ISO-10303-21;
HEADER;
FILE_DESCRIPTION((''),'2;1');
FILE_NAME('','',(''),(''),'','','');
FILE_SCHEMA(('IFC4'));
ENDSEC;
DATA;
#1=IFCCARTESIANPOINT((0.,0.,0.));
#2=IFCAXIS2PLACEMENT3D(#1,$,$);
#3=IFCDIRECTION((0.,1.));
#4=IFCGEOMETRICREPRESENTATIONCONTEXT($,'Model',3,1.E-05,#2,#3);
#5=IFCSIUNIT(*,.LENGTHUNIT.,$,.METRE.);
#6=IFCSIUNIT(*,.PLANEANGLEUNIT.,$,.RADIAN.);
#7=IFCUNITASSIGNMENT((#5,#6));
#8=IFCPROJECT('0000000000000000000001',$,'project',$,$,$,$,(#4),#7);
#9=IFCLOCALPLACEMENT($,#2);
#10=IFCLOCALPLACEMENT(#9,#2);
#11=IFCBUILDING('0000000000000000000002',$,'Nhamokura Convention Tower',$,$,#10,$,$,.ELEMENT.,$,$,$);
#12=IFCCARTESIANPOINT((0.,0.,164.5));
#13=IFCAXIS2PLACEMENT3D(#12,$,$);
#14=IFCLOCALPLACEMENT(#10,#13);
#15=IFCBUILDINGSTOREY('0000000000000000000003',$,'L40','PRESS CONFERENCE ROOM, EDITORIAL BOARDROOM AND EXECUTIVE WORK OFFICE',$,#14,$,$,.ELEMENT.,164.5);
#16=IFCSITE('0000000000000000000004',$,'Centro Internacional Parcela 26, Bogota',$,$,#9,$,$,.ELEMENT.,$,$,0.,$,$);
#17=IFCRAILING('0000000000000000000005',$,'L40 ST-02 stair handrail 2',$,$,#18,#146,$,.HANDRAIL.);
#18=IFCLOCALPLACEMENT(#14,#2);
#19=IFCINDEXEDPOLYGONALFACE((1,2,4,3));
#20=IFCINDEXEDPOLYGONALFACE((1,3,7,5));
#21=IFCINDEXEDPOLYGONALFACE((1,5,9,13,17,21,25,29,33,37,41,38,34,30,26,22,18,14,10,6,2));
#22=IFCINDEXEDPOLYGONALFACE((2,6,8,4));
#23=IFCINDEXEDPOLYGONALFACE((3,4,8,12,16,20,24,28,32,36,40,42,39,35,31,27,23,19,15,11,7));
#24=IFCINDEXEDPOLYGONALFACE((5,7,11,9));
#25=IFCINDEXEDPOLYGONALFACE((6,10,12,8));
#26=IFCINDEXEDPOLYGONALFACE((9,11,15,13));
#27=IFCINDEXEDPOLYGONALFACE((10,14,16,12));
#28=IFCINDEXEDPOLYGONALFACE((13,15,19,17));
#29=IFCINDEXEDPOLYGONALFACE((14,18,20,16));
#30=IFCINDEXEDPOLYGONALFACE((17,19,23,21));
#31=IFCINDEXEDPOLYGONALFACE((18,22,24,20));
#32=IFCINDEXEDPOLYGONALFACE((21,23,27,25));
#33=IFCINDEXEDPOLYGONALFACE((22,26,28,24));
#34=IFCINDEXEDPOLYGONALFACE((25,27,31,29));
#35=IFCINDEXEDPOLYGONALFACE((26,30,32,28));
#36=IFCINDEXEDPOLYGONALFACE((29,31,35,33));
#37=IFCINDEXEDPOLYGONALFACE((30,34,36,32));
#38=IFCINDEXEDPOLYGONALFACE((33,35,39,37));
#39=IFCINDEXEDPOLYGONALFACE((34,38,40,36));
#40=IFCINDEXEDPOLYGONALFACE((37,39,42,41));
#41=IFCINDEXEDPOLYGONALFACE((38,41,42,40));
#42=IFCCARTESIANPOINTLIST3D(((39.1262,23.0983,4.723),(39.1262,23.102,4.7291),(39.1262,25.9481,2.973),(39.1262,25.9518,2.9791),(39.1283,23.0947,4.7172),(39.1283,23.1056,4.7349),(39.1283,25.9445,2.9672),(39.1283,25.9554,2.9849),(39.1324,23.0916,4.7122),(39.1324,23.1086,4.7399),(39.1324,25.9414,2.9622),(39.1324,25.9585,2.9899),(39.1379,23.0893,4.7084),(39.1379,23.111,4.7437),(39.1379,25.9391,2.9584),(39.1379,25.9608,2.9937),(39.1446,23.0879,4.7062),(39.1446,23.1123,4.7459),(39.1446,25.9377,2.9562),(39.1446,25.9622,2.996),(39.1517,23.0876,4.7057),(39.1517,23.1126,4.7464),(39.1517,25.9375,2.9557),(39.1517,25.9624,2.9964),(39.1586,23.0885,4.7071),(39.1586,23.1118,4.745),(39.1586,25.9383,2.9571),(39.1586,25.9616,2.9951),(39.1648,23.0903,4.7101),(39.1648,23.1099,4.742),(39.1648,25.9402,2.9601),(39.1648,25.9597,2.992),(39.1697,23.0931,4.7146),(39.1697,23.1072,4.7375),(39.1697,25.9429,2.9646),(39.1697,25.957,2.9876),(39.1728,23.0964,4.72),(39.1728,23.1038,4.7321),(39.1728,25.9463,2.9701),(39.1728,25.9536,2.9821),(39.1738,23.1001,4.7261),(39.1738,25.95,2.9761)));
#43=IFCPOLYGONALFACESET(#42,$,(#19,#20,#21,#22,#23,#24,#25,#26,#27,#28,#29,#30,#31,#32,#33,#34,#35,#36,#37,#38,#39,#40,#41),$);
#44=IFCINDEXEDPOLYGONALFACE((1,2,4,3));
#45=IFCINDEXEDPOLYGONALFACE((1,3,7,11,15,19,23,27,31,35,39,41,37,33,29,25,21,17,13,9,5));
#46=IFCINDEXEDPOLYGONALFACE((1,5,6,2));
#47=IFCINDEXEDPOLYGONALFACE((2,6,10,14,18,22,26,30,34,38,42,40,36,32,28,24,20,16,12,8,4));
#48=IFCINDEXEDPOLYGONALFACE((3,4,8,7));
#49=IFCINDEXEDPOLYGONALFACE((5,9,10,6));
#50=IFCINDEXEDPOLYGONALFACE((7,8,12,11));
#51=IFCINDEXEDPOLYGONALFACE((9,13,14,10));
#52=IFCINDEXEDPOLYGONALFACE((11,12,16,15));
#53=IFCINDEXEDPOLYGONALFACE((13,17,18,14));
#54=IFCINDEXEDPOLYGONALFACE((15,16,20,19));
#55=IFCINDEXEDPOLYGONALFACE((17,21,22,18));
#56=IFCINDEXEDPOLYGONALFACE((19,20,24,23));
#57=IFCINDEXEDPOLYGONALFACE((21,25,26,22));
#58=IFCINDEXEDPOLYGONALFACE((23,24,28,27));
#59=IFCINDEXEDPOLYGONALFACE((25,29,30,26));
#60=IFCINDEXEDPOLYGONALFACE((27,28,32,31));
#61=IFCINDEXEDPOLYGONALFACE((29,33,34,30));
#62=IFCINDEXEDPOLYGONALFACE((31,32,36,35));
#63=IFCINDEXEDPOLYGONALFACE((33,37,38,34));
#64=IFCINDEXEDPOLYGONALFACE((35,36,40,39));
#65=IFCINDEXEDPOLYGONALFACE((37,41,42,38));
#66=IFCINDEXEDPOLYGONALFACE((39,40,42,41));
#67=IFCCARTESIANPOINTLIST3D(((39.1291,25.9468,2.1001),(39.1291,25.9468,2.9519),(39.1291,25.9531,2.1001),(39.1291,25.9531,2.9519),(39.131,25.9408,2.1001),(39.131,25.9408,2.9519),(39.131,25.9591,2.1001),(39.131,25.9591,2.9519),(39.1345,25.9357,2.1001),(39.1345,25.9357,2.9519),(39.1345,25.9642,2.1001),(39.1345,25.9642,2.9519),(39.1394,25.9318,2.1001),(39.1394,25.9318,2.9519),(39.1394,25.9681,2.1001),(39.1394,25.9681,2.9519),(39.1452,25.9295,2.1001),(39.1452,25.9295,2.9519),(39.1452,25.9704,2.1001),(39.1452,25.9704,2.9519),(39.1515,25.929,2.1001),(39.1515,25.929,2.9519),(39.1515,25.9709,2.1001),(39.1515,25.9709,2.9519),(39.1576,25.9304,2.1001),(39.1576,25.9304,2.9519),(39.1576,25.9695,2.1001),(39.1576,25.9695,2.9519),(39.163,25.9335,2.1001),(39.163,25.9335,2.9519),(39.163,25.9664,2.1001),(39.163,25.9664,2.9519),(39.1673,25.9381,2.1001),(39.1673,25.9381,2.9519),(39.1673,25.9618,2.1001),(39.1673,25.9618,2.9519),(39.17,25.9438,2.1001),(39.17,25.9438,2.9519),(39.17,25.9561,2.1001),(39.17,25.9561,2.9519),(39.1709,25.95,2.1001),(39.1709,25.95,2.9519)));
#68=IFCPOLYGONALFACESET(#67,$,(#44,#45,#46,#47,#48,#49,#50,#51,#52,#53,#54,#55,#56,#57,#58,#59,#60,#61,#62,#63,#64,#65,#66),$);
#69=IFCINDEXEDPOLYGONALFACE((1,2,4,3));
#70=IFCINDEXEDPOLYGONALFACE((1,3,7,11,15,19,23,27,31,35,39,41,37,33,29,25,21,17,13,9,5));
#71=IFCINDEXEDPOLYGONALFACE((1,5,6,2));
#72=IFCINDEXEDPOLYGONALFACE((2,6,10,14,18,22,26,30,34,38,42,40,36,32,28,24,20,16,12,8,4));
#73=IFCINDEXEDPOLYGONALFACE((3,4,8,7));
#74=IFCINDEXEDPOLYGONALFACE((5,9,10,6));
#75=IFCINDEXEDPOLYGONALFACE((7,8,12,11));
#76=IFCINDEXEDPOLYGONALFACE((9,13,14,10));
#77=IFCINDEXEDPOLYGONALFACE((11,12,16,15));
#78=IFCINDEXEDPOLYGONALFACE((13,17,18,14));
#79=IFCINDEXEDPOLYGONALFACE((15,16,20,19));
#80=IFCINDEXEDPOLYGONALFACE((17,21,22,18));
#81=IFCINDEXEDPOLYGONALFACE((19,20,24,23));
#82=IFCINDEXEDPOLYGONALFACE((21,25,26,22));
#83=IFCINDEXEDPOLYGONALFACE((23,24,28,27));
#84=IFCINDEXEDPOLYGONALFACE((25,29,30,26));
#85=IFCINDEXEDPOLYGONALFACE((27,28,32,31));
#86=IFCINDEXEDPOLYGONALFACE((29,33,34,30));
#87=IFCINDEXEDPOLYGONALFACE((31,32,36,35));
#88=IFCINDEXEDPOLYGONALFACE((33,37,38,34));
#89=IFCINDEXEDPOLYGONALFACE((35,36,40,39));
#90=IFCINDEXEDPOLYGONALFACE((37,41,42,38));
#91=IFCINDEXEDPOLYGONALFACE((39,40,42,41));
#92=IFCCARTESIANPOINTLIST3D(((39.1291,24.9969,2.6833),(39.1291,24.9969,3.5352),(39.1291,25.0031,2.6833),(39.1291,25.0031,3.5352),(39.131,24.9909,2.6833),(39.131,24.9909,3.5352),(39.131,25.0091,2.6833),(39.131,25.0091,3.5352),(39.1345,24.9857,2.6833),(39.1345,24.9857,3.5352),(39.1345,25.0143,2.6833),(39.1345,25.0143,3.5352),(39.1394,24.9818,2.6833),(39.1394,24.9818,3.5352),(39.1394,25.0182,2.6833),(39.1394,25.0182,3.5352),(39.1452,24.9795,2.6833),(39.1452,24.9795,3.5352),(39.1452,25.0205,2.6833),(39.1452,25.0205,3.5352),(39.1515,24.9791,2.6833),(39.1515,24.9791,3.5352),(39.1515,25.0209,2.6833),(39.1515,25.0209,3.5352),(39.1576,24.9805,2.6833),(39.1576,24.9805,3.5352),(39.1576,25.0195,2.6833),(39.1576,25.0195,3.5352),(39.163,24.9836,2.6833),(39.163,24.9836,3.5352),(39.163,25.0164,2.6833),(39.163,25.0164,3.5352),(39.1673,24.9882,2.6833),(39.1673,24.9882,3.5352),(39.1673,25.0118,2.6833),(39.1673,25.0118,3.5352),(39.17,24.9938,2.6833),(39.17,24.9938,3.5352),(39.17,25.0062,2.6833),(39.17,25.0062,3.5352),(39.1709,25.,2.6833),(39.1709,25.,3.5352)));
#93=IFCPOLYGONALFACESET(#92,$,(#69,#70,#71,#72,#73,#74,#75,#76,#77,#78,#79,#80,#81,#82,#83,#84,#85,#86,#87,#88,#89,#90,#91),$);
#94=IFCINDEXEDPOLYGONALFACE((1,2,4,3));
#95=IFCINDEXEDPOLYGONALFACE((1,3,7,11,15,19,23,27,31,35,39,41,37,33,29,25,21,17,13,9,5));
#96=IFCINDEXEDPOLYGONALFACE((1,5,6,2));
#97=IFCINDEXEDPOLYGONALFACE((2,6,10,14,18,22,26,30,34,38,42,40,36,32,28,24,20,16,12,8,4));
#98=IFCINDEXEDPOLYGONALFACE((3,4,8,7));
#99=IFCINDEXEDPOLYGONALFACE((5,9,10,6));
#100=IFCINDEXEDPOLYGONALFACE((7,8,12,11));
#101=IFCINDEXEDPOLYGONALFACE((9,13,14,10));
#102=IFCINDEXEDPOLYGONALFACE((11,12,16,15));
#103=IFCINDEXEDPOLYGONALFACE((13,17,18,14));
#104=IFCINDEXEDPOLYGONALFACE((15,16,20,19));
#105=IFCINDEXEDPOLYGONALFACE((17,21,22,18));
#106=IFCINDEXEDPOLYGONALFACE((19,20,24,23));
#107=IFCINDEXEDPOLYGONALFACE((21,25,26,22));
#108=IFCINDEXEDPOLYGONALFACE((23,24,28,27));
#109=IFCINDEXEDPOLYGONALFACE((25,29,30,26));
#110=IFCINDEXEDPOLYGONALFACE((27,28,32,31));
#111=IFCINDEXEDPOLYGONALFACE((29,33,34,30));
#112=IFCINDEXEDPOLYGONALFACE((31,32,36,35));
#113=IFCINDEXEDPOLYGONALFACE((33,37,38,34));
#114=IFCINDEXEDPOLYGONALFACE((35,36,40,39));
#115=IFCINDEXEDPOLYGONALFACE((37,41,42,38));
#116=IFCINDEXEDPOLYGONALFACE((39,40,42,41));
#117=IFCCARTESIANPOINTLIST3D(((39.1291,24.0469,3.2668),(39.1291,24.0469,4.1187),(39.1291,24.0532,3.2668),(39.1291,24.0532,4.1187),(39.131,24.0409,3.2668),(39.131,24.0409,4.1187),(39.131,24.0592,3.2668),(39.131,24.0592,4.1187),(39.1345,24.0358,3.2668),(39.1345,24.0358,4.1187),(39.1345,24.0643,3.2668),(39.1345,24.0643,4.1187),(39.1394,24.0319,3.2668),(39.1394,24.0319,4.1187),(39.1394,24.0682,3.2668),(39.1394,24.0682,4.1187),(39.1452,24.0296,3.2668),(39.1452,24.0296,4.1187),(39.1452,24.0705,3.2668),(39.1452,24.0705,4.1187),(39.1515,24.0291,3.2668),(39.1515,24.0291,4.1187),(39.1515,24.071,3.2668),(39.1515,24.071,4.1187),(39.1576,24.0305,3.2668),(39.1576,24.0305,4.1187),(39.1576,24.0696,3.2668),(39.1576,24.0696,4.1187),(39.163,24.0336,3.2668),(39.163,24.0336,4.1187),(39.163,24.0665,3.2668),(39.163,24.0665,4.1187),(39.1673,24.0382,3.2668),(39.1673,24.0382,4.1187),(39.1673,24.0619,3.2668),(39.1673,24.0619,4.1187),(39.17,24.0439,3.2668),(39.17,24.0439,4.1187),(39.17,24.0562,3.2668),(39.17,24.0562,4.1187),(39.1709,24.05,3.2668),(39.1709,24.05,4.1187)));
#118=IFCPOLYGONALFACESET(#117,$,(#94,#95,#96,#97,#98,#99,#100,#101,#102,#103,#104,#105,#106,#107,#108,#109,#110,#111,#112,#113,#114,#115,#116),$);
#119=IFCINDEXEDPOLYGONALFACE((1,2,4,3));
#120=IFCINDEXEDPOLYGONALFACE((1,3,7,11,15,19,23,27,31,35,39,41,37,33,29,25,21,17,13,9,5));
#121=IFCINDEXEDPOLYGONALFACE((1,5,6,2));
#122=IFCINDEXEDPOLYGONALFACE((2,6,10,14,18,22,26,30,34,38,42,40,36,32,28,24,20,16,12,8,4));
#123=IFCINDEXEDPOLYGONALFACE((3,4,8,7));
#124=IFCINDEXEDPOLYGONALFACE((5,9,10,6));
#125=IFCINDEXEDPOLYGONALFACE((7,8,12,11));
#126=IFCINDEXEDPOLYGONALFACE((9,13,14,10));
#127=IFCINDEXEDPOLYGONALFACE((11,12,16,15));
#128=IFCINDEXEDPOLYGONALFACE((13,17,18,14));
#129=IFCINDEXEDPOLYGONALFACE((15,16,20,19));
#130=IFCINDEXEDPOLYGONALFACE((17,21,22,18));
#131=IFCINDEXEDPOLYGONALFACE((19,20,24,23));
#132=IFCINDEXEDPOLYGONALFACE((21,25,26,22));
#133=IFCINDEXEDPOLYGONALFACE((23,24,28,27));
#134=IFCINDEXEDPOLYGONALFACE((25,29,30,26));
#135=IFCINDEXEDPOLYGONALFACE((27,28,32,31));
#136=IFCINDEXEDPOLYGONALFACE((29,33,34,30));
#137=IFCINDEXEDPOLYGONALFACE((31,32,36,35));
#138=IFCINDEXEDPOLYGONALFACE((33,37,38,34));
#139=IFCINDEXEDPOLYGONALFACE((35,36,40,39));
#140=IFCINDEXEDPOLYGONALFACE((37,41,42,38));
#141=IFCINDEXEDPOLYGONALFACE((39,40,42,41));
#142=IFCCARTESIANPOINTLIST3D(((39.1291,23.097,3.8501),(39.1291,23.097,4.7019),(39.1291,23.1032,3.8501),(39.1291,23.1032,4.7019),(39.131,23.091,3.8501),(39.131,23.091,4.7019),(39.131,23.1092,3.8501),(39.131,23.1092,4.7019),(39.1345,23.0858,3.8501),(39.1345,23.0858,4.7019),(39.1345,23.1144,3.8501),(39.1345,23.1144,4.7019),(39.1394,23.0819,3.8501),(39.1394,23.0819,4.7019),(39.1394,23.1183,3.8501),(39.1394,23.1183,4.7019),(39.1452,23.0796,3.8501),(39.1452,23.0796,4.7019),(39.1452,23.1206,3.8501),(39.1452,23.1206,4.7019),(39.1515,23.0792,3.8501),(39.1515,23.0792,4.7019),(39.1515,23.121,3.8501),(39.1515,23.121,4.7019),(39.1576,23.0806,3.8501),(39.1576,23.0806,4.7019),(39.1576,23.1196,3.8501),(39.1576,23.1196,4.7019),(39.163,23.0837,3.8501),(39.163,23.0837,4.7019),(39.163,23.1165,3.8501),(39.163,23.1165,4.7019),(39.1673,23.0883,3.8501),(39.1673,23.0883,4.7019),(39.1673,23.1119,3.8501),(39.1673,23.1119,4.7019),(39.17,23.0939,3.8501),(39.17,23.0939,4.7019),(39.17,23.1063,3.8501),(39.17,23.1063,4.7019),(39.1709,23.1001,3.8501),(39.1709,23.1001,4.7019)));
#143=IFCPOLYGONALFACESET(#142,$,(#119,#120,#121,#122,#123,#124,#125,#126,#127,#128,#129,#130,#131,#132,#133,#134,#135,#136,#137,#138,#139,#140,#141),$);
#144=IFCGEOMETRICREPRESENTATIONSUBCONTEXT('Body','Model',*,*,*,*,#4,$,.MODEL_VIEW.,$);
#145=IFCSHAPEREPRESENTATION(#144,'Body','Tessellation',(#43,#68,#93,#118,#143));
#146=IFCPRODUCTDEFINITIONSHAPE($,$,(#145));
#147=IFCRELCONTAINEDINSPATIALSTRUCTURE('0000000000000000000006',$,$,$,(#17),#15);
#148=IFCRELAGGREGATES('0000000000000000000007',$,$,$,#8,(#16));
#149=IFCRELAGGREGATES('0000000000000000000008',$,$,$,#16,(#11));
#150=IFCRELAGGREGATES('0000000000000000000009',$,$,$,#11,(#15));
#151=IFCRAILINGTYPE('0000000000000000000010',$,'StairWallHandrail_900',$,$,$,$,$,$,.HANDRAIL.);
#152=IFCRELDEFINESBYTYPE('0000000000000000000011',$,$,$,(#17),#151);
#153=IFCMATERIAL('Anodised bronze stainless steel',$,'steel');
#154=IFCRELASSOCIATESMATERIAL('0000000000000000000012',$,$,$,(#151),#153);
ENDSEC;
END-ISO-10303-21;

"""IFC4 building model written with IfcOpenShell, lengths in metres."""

from ifc_helpers import new_model, si_unit, direction, frame, origin, origin_2d, place, context, subcontext, project, spatial, circle, extrude, material, type_object, element, save


model = new_model("IFC4")

# Units and contexts
model_context = context("Model", 3, precision=1e-05, world=origin(), true_north=direction((0.0, 1.0)))
body_context = subcontext(model_context, "Body", "Model", "MODEL_VIEW")
ifc_project = project(units=[si_unit("LENGTHUNIT", "METRE"), si_unit("PLANEANGLEUNIT", "RADIAN")], contexts=[model_context])

# Site, building, storey
site_placement = place(None, origin())
site = spatial("IfcSite", under=ifc_project, at=site_placement, Name="Centro Internacional Parcela 26, Bogota", CompositionType="ELEMENT", RefElevation=0.0)
building_placement = place(site_placement, origin())
building = spatial("IfcBuilding", under=site, at=building_placement, Name="Nhamokura Convention Tower", CompositionType="ELEMENT")
storey_placement = place(building_placement, frame((0.0, 0.0, 164.5)))
storey = spatial("IfcBuildingStorey", under=building, at=storey_placement, Name="L40", Description="PRESS CONFERENCE ROOM, EDITORIAL BOARDROOM AND EXECUTIVE WORK OFFICE", CompositionType="ELEMENT", Elevation=164.5)

# Railing
ifc_material_1 = material(Name="Anodised bronze stainless steel", Category="steel")
railing_type_1 = type_object("IfcRailingType", Name="StairWallHandrail_900", PredefinedType="HANDRAIL", material=ifc_material_1)
railing_1_placement = place(storey_placement, frame((39.1499, 25.95, 2.1001)))
element("IfcRailing", 1, at=railing_1_placement, inside=storey, type_object=railing_type_1, Name="L40 ST-02 stair handrail 2", PredefinedType="HANDRAIL", context=body_context, shape_type="SweptSolid", body=[
    extrude(circle(Radius=0.0239, at=origin_2d()), frame((0.0, 0.0, 0.876), z_axis=(0.0, -0.852159, 0.523283), x_axis=(1.0, 0.0, 0.0)), (0.0, 0.0, 1.0), 3.3442),
    extrude(circle(Radius=0.021, at=origin_2d()), origin(), (0.0, 0.0, 1.0), 0.8518),
    extrude(circle(Radius=0.021, at=origin_2d()), frame((0.0, -0.95, 0.5833)), (0.0, 0.0, 1.0), 0.8518),
    extrude(circle(Radius=0.021, at=origin_2d()), frame((0.0, -1.8999, 1.1667)), (0.0, 0.0, 1.0), 0.8518),
    extrude(circle(Radius=0.021, at=origin_2d()), frame((0.0, -2.8499, 1.75)), (0.0, 0.0, 1.0), 0.8518),
])

save(model, "model.ifc")
